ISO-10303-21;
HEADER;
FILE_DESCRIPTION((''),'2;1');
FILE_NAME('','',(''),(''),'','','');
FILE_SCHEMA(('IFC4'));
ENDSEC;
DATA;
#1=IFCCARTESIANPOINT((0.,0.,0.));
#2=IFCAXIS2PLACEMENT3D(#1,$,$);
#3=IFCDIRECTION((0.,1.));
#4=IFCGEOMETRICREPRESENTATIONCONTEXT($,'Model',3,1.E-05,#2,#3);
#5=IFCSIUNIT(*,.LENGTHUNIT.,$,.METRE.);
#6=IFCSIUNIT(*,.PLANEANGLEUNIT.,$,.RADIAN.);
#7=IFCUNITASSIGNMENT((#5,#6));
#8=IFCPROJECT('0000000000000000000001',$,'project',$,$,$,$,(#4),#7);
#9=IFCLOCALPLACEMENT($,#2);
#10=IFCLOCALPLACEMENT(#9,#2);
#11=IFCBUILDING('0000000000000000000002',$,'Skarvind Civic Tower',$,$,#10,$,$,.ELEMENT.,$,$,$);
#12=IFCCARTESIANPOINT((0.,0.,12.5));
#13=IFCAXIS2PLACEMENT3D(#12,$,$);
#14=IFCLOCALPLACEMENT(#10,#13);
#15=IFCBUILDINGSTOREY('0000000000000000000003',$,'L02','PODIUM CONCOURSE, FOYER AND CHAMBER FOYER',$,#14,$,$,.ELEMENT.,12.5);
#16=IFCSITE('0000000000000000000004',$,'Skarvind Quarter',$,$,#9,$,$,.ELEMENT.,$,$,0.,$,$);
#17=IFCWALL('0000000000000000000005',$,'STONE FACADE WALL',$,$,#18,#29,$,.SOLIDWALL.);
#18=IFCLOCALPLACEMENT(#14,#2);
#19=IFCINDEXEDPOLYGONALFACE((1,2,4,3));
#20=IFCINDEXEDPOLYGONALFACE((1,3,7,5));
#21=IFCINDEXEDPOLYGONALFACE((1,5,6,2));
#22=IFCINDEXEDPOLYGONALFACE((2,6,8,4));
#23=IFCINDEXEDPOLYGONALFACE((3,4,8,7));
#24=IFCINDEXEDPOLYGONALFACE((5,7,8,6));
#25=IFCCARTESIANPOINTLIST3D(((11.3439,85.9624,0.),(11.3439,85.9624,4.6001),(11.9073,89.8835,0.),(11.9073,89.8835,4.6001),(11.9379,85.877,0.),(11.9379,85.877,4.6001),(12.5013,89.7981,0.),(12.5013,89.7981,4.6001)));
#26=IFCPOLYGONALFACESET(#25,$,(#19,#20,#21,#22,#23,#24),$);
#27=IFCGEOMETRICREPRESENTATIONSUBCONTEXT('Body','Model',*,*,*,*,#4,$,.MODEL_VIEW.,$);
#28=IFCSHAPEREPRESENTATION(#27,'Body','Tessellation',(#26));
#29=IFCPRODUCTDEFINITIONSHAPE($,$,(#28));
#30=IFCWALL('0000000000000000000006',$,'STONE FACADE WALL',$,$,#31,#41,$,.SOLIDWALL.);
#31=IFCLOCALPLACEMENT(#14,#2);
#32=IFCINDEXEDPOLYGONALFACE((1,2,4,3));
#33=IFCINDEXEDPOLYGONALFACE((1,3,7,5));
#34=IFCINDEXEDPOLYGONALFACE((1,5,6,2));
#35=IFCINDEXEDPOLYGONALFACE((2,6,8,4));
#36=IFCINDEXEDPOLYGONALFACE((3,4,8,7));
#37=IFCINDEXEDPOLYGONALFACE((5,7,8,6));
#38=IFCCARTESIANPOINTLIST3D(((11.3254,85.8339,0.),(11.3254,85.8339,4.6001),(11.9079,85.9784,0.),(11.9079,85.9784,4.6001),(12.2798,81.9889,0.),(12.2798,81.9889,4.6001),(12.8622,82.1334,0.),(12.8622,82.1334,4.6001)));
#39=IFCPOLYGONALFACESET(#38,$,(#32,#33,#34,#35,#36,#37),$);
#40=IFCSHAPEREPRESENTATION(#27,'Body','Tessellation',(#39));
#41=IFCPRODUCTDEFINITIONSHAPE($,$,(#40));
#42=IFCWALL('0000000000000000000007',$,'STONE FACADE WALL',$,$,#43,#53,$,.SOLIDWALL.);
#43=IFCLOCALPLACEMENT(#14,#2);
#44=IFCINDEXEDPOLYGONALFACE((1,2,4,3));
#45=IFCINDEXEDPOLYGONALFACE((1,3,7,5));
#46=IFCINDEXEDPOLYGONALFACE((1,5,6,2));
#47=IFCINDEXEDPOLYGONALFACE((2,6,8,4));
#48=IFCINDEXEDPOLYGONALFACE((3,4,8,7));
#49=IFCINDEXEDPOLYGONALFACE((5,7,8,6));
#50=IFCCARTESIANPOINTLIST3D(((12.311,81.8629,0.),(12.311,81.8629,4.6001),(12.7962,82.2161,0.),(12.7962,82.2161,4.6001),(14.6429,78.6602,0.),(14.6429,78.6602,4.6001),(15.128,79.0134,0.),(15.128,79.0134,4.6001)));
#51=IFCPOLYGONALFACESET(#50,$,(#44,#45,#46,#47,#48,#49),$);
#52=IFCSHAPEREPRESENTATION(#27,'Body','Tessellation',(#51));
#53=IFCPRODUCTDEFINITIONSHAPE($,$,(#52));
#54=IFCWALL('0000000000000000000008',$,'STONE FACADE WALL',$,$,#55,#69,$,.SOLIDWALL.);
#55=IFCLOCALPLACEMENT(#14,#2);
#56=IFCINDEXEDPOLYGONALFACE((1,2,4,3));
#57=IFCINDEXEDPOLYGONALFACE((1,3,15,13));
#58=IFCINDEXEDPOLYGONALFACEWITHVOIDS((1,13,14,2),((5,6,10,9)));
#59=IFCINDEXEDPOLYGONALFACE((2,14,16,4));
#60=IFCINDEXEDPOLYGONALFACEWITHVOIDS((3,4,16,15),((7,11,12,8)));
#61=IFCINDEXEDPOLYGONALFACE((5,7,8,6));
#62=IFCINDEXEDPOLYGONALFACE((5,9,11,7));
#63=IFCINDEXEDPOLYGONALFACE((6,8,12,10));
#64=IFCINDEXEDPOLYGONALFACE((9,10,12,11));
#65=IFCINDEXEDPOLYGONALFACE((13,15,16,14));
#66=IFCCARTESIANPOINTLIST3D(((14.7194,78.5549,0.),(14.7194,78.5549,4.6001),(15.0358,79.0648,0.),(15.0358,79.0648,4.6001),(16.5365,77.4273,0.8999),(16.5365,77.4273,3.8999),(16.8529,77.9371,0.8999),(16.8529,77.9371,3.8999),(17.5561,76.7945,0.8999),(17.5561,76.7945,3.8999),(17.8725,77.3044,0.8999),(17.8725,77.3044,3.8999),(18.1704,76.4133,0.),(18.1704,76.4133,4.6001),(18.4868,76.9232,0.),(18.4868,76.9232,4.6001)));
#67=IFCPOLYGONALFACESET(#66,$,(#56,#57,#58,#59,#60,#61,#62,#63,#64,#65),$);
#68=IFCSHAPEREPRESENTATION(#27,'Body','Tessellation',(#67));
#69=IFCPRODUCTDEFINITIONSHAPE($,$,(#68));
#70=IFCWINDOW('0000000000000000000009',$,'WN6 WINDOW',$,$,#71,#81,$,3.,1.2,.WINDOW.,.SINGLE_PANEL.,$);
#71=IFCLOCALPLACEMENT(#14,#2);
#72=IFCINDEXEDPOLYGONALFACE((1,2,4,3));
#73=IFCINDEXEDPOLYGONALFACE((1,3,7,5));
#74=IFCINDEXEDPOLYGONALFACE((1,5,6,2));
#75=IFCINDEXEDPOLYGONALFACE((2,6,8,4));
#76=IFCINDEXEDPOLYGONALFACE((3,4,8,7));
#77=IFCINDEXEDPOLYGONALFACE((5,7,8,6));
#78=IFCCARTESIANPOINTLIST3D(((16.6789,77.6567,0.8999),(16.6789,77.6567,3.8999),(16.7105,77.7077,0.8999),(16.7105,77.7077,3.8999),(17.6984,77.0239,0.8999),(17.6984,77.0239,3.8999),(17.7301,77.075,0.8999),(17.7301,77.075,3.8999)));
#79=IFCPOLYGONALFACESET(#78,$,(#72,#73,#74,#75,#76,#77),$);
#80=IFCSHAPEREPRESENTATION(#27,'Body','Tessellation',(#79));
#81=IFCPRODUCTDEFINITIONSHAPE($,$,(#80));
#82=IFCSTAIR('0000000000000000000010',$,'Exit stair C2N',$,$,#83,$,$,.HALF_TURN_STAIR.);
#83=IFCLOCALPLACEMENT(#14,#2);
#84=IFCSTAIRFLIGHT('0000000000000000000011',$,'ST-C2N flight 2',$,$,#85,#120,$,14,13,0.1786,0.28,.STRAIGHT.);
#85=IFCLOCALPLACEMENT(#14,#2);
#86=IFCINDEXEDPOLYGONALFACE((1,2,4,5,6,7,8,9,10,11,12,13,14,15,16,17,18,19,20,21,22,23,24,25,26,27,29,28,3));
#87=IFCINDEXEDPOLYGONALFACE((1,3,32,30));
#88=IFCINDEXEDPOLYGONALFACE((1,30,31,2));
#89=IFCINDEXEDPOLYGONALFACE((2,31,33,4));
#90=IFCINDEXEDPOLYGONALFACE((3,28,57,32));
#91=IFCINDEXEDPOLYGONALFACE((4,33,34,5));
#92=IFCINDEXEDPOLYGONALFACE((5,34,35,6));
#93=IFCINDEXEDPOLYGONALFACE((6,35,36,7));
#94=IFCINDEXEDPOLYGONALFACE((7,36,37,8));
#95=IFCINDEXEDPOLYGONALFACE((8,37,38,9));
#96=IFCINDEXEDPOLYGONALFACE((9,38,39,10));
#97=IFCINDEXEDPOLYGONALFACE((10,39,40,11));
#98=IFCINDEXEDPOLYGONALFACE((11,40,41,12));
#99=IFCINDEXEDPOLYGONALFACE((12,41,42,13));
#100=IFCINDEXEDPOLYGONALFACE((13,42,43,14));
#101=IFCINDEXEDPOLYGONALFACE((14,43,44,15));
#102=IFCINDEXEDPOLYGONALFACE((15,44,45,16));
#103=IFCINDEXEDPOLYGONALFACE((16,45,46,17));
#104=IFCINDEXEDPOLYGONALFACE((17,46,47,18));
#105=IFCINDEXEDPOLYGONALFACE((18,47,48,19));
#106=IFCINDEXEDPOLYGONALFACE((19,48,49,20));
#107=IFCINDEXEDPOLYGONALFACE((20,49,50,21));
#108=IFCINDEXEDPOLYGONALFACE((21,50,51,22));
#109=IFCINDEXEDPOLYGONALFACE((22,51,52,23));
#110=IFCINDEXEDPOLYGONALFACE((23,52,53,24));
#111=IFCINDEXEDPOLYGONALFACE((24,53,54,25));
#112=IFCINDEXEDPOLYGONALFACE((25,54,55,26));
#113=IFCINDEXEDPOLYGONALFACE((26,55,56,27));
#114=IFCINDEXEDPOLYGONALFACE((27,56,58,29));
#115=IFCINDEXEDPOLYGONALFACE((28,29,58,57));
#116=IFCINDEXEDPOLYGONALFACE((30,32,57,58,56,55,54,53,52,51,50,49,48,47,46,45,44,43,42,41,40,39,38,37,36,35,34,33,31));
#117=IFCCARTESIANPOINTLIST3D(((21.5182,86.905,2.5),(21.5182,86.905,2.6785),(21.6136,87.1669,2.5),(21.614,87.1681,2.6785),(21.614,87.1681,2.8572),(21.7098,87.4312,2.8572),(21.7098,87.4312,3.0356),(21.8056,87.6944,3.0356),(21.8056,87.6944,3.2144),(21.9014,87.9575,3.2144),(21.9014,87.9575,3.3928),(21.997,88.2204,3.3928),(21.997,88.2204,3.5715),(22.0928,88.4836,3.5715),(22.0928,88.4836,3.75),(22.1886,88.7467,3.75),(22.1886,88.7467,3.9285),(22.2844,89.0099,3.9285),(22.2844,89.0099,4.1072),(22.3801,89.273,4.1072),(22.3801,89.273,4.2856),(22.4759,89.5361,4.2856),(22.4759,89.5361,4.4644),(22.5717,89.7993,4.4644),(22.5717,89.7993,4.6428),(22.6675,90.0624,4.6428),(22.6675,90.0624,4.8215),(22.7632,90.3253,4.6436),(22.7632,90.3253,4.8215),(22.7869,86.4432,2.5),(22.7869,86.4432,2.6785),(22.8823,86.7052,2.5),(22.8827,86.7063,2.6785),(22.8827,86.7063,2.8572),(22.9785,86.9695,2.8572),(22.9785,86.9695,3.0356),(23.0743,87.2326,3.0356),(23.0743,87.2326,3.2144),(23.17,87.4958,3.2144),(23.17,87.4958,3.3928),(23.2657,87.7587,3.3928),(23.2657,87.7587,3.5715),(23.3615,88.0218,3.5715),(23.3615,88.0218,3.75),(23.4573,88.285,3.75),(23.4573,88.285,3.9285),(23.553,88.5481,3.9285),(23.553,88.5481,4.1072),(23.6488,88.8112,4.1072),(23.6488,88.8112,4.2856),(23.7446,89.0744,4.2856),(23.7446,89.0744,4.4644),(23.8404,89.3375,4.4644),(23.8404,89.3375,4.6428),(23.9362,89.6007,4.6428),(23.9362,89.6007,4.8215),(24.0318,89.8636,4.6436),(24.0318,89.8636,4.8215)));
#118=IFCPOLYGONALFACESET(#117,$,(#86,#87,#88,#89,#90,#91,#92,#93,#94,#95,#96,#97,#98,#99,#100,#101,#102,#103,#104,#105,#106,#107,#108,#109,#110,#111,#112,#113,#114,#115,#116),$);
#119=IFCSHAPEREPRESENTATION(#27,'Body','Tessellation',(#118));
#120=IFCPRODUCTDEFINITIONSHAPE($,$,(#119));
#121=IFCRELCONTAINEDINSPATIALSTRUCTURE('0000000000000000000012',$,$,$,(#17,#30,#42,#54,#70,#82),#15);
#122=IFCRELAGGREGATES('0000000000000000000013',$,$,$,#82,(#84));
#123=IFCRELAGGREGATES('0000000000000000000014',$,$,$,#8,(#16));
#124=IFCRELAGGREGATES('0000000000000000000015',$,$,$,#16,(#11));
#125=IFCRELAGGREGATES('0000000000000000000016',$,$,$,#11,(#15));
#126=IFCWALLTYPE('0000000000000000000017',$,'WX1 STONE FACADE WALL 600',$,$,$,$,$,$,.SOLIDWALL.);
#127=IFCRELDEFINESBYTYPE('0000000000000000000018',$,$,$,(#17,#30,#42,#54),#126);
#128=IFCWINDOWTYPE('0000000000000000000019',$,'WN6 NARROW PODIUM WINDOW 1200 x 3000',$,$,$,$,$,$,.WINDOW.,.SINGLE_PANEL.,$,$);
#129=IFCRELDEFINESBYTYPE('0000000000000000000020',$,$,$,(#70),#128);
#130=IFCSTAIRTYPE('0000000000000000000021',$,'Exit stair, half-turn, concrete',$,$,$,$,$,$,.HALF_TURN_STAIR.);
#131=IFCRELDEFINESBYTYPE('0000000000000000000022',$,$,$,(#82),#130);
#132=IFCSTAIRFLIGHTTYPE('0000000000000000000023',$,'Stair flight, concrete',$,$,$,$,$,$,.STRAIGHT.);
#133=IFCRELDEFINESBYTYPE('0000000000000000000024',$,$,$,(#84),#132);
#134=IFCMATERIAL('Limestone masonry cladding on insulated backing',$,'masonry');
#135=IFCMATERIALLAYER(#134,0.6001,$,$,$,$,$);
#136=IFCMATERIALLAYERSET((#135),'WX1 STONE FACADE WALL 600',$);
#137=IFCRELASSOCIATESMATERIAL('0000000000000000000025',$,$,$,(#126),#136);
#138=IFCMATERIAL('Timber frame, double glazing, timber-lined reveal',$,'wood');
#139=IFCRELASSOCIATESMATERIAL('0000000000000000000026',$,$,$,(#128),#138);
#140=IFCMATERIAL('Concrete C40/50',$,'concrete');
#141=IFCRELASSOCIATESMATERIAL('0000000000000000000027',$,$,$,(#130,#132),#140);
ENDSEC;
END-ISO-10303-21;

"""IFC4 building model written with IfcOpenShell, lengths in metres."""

from ifc_helpers import new_model, si_unit, direction, frame, frame_2d, origin, place, context, subcontext, project, spatial, polyline, rectangle, outline, extrude, material, layer, layer_set, type_object, element, fill, aggregate, save


model = new_model("IFC4")

# Units and contexts
model_context = context("Model", 3, precision=1e-05, world=origin(), true_north=direction((0.0, 1.0)))
body_context = subcontext(model_context, "Body", "Model", "MODEL_VIEW")
ifc_project = project(units=[si_unit("LENGTHUNIT", "METRE"), si_unit("PLANEANGLEUNIT", "RADIAN")], contexts=[model_context])

# Site, building, storey
site_placement = place(None, origin())
site = spatial("IfcSite", under=ifc_project, at=site_placement, Name="Skarvind Quarter", CompositionType="ELEMENT", RefElevation=0.0)
building_placement = place(site_placement, origin())
building = spatial("IfcBuilding", under=site, at=building_placement, Name="Skarvind Civic Tower", CompositionType="ELEMENT")
storey_placement = place(building_placement, frame((0.0, 0.0, 12.5)))
storey = spatial("IfcBuildingStorey", under=building, at=storey_placement, Name="L02", Description="PODIUM CONCOURSE, FOYER AND CHAMBER FOYER", CompositionType="ELEMENT", Elevation=12.5)

# Walls
ifc_material_1 = material(Name="Limestone masonry cladding on insulated backing", Category="masonry")
ifc_layer_1 = layer(ifc_material_1, 0.6001)
ifc_layer_set_1 = layer_set([ifc_layer_1], Name="WX1 STONE FACADE WALL 600")
wall_type_1 = type_object("IfcWallType", Name="WX1 STONE FACADE WALL 600", PredefinedType="SOLIDWALL", material=ifc_layer_set_1)
wall_1_placement = place(storey_placement, frame((11.6409, 85.9197, 0.0), z_axis=(0.0, 0.0, 1.0), x_axis=(0.142241, 0.989832, 0.0)))
element("IfcWall", 1, at=wall_1_placement, inside=storey, type_object=wall_type_1, Name="STONE FACADE WALL", PredefinedType="SOLIDWALL", context=body_context, shape_type="SweptSolid", body=[
    extrude(rectangle(XDim=3.9614, YDim=0.6001, at=frame_2d((1.9807, 0.0))), origin(), (0.0, 0.0, 1.0), 4.6001),
])
for number, where, z_axis, x_axis, name in (
    (2, (12.571, 82.061, 0.0), (0.0, 0.0, 1.0), (-0.240897, 0.970551, 0.0), "STONE FACADE WALL"),
    (3, (14.8855, 78.8367, 0.0), (0.0, 0.0, 1.0), (-0.5886, 0.808424, 0.0), "STONE FACADE WALL"),
):
    element("IfcWall", number, at=place(storey_placement, frame(where, z_axis=z_axis, x_axis=x_axis)), inside=storey, type_object=wall_type_1, Name=name, PredefinedType="SOLIDWALL", context=body_context, shape_type="SweptSolid", body=[
        extrude(rectangle(XDim=3.9617, YDim=0.6001, at=frame_2d((1.981, 0.0))), origin(), (0.0, 0.0, 1.0), 4.6001),
    ])

# Wall, opening, window
wall_2_placement = place(storey_placement, frame((18.3286, 76.6682, 0.0), z_axis=(0.0, 0.0, 1.0), x_axis=(-0.849679, 0.5273, 0.0)))
wall_2 = element("IfcWall", 4, at=wall_2_placement, inside=storey, type_object=wall_type_1, Name="STONE FACADE WALL", PredefinedType="SOLIDWALL", context=body_context, shape_type="SweptSolid", body=[
    extrude(rectangle(XDim=4.0615, YDim=0.6001, at=frame_2d((2.0308, 0.0))), origin(), (0.0, 0.0, 1.0), 4.6001),
])
opening_1_placement = place(wall_2_placement, frame((0.7229, 0.0, 0.8999)))
opening_1 = element("IfcOpeningElement", 5, at=opening_1_placement, cuts=wall_2, PredefinedType="OPENING", context=body_context, shape_type="SweptSolid", body=[
    extrude(rectangle(XDim=1.2, YDim=3.0, at=frame_2d((0.6001, 1.5))), frame((0.0, 0.3101, 0.0), z_axis=(0.0, -1.0, 0.0), x_axis=(1.0, 0.0, 0.0)), (0.0, 0.0, 1.0), 0.6201),
])
ifc_material_2 = material(Name="Timber frame, double glazing, timber-lined reveal", Category="wood")
window_type = type_object("IfcWindowType", Name="WN6 NARROW PODIUM WINDOW 1200 x 3000", PartitioningType="SINGLE_PANEL", PredefinedType="WINDOW", material=ifc_material_2)
window_placement = place(opening_1_placement, origin())
window = element("IfcWindow", 6, at=window_placement, inside=storey, type_object=window_type, Name="WN6 WINDOW", OverallHeight=3.0, OverallWidth=1.2, PartitioningType="SINGLE_PANEL", PredefinedType="WINDOW", context=body_context, shape_type="SweptSolid", body=[
    extrude(rectangle(XDim=1.2, YDim=3.0, at=frame_2d((0.6001, 1.5))), frame((0.0, 0.03, 0.0), z_axis=(0.0, -1.0, 0.0), x_axis=(1.0, 0.0, 0.0)), (0.0, 0.0, 1.0), 0.0601),
])
fill(opening_1, window)

# Stair, stair flight
ifc_material_3 = material(Name="Concrete C40/50", Category="concrete")
stair_type = type_object("IfcStairType", Name="Exit stair, half-turn, concrete", PredefinedType="HALF_TURN_STAIR", material=ifc_material_3)
stair_placement = place(storey_placement, origin())
stair = element("IfcStair", 7, at=stair_placement, inside=storey, type_object=stair_type, Name="Exit stair C2N", PredefinedType="HALF_TURN_STAIR")
stair_flight_type = type_object("IfcStairFlightType", Name="Stair flight, concrete", PredefinedType="STRAIGHT", material=ifc_material_3)
stair_flight_placement = place(storey_placement, frame((22.1526, 86.6741, 2.5), z_axis=(0.0, 0.0, 1.0), x_axis=(0.34202, 0.939693, 0.0)))
stair_flight = element("IfcStairFlight", 8, at=stair_flight_placement, type_object=stair_flight_type, Name="ST-C2N flight 2", NumberOfRisers=14, NumberOfTreads=13, PredefinedType="STRAIGHT", RiserHeight=0.1786, TreadLength=0.28, context=body_context, shape_type="SweptSolid", body=[
    extrude(outline(polyline([(0.0, 0.0), (0.0, 0.1785), (0.28, 0.1785), (0.28, 0.3572), (0.5601, 0.3572), (0.5601, 0.5356), (0.8401, 0.5356), (0.8401, 0.7144), (1.1201, 0.7144), (1.1201, 0.8928), (1.3999, 0.8928), (1.3999, 1.0715), (1.6799, 1.0715), (1.6799, 1.25), (1.96, 1.25), (1.96, 1.4285), (2.24, 1.4285), (2.24, 1.6072), (2.52, 1.6072), (2.52, 1.7856), (2.8, 1.7856), (2.8, 1.9644), (3.0801, 1.9644), (3.0801, 2.1428), (3.3601, 2.1428), (3.3601, 2.3215), (3.6399, 2.3215), (3.6399, 2.5), (3.6399, 2.1436), (0.2788, 0.0), (0.0, 0.0)])), frame((0.0, 0.675, 0.0), z_axis=(0.0, -1.0, 0.0), x_axis=(1.0, 0.0, 0.0)), (0.0, 0.0, 1.0), 1.3501),
])
aggregate(stair, [stair_flight])

save(model, "model.ifc")
